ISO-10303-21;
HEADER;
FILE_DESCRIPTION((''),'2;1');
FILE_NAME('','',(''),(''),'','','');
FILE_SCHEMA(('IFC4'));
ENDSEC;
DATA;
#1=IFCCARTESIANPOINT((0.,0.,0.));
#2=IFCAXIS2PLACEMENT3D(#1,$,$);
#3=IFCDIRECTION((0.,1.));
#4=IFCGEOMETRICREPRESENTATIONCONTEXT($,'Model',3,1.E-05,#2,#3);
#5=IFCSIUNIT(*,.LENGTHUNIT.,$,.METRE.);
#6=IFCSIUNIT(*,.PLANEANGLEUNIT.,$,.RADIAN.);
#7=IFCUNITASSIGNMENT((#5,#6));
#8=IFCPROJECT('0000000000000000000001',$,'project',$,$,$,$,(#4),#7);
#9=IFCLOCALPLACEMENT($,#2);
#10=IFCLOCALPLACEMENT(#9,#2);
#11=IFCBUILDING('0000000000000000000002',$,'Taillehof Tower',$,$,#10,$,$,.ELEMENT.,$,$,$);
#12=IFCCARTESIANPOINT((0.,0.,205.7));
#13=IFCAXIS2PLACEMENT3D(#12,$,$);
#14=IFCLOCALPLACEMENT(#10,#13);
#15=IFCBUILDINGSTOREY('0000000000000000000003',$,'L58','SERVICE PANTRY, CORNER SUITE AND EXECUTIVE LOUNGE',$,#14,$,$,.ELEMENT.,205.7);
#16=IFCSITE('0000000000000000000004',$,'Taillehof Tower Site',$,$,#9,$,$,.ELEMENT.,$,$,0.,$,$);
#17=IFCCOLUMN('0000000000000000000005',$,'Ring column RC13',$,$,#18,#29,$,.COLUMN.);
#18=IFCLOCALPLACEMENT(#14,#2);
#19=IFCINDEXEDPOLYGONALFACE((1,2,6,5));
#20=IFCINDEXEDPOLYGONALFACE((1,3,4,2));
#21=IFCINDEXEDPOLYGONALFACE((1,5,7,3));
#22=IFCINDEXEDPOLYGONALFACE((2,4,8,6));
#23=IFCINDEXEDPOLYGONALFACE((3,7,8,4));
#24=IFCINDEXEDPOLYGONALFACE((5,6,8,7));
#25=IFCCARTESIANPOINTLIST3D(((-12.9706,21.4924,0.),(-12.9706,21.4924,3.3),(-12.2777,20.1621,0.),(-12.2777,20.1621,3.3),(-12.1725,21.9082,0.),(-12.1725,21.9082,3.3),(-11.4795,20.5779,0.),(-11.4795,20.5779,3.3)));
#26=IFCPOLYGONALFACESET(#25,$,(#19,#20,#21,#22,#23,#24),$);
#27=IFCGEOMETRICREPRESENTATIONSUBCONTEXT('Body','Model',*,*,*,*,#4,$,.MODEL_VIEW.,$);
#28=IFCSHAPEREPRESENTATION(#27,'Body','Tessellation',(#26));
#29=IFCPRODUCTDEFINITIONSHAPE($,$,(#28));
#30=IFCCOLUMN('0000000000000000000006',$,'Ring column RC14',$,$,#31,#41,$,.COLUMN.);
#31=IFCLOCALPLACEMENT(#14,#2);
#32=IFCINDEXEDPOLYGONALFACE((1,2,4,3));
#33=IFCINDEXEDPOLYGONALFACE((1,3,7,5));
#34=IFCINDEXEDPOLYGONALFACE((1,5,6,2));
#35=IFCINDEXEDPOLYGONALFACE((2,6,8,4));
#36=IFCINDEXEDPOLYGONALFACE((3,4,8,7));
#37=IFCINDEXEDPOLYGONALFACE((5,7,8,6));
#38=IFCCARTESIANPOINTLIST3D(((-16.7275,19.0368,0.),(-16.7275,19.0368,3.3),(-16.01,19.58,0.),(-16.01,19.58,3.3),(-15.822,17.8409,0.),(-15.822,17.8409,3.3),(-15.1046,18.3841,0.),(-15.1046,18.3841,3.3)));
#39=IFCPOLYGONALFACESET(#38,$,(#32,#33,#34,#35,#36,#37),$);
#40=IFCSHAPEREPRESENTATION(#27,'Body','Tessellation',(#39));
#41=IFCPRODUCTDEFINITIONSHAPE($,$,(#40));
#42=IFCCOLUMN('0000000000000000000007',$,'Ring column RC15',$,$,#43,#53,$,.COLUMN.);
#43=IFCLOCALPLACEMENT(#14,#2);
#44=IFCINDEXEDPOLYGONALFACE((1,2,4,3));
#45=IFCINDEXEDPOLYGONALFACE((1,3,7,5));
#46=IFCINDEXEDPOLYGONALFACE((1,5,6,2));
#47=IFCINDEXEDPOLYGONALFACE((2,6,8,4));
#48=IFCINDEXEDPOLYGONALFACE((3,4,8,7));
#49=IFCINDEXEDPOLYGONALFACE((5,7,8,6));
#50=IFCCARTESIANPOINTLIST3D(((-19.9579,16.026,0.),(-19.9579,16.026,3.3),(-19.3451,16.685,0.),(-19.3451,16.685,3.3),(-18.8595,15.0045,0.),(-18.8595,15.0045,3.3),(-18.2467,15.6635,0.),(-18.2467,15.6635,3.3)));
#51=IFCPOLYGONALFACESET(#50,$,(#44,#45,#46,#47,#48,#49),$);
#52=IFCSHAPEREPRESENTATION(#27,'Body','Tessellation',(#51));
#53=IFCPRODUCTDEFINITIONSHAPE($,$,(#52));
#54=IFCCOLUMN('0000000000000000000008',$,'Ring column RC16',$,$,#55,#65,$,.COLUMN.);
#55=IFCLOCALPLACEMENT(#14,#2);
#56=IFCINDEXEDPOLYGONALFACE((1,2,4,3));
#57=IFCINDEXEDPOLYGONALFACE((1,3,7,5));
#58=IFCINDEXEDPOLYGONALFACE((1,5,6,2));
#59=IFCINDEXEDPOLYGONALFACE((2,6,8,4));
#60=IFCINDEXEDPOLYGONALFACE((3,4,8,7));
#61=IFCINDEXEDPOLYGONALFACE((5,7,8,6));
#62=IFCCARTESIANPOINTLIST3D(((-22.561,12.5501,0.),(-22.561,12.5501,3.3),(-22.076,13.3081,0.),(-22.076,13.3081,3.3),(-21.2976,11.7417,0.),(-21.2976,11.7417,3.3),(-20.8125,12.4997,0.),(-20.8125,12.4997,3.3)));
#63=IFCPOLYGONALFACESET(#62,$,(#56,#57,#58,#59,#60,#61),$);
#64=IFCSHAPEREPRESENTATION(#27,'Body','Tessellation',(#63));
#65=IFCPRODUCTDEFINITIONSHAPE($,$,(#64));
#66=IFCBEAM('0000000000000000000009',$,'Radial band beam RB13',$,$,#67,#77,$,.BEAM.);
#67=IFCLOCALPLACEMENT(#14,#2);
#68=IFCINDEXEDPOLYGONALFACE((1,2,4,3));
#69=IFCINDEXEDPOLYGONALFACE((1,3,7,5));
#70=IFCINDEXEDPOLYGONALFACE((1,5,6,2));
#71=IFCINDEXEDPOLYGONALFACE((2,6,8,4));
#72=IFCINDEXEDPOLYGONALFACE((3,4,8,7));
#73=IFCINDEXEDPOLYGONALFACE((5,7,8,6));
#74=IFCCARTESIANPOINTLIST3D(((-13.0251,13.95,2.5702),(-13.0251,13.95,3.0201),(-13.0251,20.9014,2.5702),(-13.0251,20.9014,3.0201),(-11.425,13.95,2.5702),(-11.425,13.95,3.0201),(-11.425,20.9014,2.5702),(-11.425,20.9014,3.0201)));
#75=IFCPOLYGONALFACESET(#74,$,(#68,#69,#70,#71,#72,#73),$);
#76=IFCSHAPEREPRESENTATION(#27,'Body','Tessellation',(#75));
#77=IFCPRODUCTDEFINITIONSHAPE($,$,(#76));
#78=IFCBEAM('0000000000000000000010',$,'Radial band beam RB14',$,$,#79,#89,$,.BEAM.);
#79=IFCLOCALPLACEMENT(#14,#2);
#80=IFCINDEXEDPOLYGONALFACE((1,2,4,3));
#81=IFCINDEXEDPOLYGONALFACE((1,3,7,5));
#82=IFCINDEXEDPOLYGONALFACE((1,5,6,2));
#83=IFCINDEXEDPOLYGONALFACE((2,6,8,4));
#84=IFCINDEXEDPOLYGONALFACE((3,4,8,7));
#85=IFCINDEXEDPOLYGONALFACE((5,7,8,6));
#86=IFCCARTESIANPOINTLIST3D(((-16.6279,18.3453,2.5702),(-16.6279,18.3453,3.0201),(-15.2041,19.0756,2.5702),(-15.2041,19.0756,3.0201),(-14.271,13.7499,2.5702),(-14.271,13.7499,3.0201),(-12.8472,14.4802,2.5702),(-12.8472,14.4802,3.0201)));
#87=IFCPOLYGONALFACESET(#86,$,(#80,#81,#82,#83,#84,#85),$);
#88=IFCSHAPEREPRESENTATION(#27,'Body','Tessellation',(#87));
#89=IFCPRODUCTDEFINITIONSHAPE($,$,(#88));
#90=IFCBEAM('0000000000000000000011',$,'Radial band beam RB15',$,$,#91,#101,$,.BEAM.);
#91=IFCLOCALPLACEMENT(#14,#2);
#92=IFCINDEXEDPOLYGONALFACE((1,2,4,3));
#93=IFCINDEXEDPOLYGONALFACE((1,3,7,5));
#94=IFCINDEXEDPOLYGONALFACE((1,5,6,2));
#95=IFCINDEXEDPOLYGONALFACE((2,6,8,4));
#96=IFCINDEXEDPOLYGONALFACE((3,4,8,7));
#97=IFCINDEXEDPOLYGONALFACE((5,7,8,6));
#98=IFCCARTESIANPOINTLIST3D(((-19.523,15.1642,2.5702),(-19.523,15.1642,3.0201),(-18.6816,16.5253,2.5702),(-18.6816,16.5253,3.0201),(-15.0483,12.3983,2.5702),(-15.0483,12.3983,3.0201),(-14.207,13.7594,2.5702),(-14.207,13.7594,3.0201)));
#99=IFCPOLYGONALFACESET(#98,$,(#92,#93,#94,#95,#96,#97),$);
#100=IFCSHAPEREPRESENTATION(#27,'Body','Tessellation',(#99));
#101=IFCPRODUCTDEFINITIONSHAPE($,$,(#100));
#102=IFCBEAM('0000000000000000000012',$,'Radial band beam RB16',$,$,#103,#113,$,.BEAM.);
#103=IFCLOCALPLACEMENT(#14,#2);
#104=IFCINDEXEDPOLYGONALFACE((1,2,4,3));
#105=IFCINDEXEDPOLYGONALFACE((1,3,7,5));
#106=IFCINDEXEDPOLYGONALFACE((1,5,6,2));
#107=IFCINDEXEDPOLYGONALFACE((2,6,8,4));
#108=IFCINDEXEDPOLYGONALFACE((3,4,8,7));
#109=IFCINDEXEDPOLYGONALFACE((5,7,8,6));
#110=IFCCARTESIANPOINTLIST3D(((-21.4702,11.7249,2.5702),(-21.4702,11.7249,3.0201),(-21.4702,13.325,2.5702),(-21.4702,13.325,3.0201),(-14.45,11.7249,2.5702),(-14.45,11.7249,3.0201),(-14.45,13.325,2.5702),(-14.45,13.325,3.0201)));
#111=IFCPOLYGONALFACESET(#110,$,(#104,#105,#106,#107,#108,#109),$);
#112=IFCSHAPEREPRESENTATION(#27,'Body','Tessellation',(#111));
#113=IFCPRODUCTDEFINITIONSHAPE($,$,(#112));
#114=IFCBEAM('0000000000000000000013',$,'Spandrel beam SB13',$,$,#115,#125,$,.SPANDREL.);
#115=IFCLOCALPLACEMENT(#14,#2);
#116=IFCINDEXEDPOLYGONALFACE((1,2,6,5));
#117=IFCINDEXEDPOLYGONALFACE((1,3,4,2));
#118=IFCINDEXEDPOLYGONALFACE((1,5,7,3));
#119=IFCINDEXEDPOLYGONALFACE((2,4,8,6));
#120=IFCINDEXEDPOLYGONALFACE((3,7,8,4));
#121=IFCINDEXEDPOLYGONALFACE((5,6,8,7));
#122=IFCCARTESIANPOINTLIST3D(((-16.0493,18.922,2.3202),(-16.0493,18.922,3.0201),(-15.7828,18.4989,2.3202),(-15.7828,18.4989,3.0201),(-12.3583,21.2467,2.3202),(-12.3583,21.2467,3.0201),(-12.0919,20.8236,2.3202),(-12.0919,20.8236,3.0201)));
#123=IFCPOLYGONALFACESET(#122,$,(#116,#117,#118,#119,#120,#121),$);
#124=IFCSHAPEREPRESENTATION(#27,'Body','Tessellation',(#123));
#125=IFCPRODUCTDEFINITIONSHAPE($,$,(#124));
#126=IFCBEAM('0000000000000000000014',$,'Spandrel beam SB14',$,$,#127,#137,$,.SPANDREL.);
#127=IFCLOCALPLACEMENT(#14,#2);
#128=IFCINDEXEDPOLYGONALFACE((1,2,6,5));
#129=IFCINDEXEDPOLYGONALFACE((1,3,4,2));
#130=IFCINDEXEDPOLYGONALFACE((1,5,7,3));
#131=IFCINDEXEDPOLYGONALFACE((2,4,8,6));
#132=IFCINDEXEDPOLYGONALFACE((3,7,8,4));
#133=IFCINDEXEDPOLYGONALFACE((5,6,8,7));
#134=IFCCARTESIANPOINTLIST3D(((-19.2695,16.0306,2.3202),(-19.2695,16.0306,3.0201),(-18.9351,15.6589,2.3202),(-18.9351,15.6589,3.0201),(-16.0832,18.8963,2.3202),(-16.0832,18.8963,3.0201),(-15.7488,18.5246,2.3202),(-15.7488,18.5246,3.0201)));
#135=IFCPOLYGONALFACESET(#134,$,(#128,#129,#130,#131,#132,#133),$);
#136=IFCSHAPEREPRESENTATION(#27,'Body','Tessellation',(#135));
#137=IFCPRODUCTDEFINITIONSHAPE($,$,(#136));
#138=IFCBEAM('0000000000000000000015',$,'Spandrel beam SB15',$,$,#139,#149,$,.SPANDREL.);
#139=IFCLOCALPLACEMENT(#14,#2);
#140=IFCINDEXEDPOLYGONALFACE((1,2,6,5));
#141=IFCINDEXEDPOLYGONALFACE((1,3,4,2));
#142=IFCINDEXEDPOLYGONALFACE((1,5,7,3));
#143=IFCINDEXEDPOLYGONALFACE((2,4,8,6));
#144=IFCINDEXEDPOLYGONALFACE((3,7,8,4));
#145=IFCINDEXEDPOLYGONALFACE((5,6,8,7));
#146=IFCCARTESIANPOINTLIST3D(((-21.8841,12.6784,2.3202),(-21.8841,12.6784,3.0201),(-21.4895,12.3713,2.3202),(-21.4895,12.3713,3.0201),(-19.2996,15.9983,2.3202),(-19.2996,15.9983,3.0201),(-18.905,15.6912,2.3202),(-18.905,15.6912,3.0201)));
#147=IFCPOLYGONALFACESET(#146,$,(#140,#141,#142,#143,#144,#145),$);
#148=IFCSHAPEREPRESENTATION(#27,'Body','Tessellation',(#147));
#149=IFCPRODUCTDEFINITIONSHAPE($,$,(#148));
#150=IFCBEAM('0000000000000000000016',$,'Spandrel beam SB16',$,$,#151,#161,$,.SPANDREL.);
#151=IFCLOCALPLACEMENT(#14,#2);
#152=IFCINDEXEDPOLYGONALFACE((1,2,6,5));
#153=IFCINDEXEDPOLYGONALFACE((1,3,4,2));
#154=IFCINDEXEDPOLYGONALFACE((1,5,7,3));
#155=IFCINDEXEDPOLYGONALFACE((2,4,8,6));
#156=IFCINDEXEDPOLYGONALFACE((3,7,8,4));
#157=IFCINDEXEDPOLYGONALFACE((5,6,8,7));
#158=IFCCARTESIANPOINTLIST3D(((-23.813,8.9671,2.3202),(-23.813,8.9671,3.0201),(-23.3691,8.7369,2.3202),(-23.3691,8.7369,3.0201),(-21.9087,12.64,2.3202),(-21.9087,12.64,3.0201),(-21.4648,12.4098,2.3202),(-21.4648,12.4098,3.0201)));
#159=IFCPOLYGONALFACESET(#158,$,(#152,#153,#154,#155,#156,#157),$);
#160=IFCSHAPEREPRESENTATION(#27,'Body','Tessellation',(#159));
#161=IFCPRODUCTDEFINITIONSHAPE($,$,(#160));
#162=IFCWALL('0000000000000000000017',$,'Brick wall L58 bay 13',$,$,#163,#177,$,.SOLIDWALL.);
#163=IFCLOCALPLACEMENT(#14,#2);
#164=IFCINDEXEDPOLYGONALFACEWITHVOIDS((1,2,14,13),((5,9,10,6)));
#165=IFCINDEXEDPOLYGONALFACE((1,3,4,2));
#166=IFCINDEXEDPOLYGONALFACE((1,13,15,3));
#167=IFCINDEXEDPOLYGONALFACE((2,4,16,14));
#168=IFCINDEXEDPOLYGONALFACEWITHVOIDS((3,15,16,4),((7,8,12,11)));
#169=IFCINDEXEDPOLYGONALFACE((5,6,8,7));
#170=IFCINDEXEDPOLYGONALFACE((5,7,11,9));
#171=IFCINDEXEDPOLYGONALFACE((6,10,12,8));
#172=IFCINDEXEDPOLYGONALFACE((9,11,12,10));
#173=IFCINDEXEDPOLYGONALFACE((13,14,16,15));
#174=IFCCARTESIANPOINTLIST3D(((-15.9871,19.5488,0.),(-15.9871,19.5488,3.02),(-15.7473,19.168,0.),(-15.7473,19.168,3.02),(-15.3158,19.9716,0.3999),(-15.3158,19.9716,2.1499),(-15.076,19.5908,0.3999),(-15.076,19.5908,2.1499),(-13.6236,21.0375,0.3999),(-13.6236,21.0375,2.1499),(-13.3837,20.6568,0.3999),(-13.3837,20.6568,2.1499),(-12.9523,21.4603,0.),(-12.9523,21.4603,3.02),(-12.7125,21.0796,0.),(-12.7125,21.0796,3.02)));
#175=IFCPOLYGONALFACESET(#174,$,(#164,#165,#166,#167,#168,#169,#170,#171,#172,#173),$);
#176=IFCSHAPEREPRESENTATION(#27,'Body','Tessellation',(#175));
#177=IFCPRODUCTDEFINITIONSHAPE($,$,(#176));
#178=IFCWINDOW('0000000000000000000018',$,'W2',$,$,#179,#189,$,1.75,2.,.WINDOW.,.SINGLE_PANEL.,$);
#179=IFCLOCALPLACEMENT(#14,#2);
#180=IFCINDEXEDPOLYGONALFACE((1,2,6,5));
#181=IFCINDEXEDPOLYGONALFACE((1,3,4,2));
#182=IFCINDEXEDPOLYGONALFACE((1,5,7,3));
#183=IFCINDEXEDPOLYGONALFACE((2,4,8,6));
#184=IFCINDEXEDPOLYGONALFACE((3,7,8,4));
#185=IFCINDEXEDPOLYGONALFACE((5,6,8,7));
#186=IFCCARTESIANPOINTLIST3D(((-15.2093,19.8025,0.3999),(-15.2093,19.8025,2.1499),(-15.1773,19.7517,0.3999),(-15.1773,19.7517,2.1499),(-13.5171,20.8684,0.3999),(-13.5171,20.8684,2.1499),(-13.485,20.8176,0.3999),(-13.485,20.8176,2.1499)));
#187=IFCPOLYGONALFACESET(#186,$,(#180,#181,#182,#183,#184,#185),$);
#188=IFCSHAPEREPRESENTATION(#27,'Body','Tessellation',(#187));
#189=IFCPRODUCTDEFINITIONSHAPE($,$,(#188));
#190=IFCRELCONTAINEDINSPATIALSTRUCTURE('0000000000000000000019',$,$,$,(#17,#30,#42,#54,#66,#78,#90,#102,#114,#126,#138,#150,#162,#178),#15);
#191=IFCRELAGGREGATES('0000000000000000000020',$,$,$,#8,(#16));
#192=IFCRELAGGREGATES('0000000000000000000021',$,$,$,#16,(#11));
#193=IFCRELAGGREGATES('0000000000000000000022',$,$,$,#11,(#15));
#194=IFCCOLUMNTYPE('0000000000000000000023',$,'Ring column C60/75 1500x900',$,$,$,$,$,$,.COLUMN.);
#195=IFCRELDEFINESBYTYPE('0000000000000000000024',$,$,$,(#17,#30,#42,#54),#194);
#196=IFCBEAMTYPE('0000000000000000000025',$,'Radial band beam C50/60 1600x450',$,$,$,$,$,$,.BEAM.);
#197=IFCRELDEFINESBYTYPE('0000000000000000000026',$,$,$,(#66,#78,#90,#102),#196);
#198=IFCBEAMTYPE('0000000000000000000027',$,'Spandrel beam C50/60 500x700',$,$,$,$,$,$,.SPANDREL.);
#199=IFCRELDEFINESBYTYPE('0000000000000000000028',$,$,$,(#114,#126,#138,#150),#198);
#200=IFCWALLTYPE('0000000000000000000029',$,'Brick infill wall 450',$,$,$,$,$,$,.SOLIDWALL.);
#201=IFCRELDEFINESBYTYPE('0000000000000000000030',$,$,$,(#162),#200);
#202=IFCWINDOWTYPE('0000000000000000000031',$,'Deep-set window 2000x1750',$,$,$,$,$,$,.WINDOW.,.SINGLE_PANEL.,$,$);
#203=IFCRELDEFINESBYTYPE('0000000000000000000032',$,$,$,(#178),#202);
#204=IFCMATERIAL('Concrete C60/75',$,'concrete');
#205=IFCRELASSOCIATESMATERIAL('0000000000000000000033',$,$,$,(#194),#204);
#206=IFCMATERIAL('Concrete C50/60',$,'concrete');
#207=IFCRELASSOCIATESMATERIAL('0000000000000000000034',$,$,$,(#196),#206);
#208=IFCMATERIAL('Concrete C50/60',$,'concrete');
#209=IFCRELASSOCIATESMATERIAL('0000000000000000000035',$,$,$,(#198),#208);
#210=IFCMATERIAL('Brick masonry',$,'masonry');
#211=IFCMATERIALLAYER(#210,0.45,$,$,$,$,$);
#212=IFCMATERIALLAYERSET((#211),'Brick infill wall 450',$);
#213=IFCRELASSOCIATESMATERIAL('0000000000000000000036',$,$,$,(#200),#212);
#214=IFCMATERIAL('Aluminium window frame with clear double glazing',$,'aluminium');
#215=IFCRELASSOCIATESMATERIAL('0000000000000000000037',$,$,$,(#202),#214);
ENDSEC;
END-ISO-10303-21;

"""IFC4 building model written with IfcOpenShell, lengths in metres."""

from ifc_helpers import new_model, si_unit, direction, frame, frame_2d, origin, origin_2d, place, context, subcontext, project, spatial, rectangle, extrude, material, layer, layer_set, material_profile, profile_set, type_object, element, fill, save


model = new_model("IFC4")

# Units and contexts
model_context = context("Model", 3, precision=1e-05, world=origin(), true_north=direction((0.0, 1.0)))
body_context = subcontext(model_context, "Body", "Model", "MODEL_VIEW")
ifc_project = project(units=[si_unit("LENGTHUNIT", "METRE"), si_unit("PLANEANGLEUNIT", "RADIAN")], contexts=[model_context])

# Site, building, storey
site_placement = place(None, origin())
site = spatial("IfcSite", under=ifc_project, at=site_placement, Name="Taillehof Tower Site", CompositionType="ELEMENT", RefElevation=0.0)
building_placement = place(site_placement, origin())
building = spatial("IfcBuilding", under=site, at=building_placement, Name="Taillehof Tower", CompositionType="ELEMENT")
storey_placement = place(building_placement, frame((0.0, 0.0, 205.7)))
storey = spatial("IfcBuildingStorey", under=building, at=storey_placement, Name="L58", Description="SERVICE PANTRY, CORNER SUITE AND EXECUTIVE LOUNGE", CompositionType="ELEMENT", Elevation=205.7)

# Columns
ifc_material_1 = material(Name="Concrete C60/75", Category="concrete")
ifc_material_profile_1 = material_profile(ifc_material_1, rectangle(XDim=1.5, YDim=0.8999, at=origin_2d()), Name="RC 1500x900")
ifc_profile_set_1 = profile_set([ifc_material_profile_1], Name="Concrete C60/75")
column_type = type_object("IfcColumnType", Name="Ring column C60/75 1500x900", PredefinedType="COLUMN", material=ifc_profile_set_1)
for number, where, z_axis, x_axis, name in (
    (1, (-12.2251, 21.0352, 0.0), (0.0, 0.0, 1.0), (-0.461993, 0.886883, 0.0), "Ring column RC13"),
    (2, (-15.916, 18.7104, 0.0), (0.0, 0.0, 1.0), (-0.603608, 0.797281, 0.0), "Ring column RC14"),
    (3, (-19.1023, 15.8447, 0.0), (0.0, 0.0, 1.0), (-0.732271, 0.681013, 0.0), "Ring column RC15"),
    (4, (-21.6868, 12.5249, 0.0), (0.0, 0.0, 1.0), (-0.842311, 0.538992, 0.0), "Ring column RC16"),
):
    element("IfcColumn", number, at=place(storey_placement, frame(where, z_axis=z_axis, x_axis=x_axis)), inside=storey, type_object=column_type, Name=name, PredefinedType="COLUMN", context=body_context, shape_type="SweptSolid", body=[
        extrude(rectangle(XDim=1.5, YDim=0.8999, at=origin_2d()), origin(), (0.0, 0.0, 1.0), 3.3),
    ])

# Beams
ifc_material_2 = material(Name="Concrete C50/60", Category="concrete")
ifc_material_profile_2 = material_profile(ifc_material_2, rectangle(XDim=1.6001, YDim=0.45, at=origin_2d()), Name="RC 1600x450")
ifc_profile_set_2 = profile_set([ifc_material_profile_2], Name="Concrete C50/60")
beam_type_1 = type_object("IfcBeamType", Name="Radial band beam C50/60 1600x450", PredefinedType="BEAM", material=ifc_profile_set_2)
beam_1_placement = place(storey_placement, frame((-12.2251, 20.9014, 2.7952), z_axis=(0.0, -1.0, 0.0), x_axis=(1.0, 0.0, 0.0)))
element("IfcBeam", 5, at=beam_1_placement, inside=storey, type_object=beam_type_1, Name="Radial band beam RB13", PredefinedType="BEAM", context=body_context, shape_type="SweptSolid", body=[
    extrude(rectangle(XDim=1.6001, YDim=0.45, at=origin_2d()), origin(), (0.0, 0.0, 1.0), 6.9514),
])
beam_2_placement = place(storey_placement, frame((-15.916, 18.7104, 2.7952), z_axis=(0.456361, -0.889795, 0.0), x_axis=(0.889795, 0.456361, 0.0)))
element("IfcBeam", 6, at=beam_2_placement, inside=storey, type_object=beam_type_1, Name="Radial band beam RB14", PredefinedType="BEAM", context=body_context, shape_type="SweptSolid", body=[
    extrude(rectangle(XDim=1.6001, YDim=0.45, at=origin_2d()), origin(), (0.0, 0.0, 1.0), 5.1646),
])
beam_3_placement = place(storey_placement, frame((-19.1023, 15.8447, 2.7952), z_axis=(0.850616, -0.525787, 0.0), x_axis=(0.525787, 0.850616, 0.0)))
element("IfcBeam", 7, at=beam_3_placement, inside=storey, type_object=beam_type_1, Name="Radial band beam RB15", PredefinedType="BEAM", context=body_context, shape_type="SweptSolid", body=[
    extrude(rectangle(XDim=1.6001, YDim=0.45, at=origin_2d()), origin(), (0.0, 0.0, 1.0), 5.2605),
])
beam_4_placement = place(storey_placement, frame((-21.4702, 12.5249, 2.7952), z_axis=(1.0, 0.0, 0.0), x_axis=(0.0, 1.0, 0.0)))
element("IfcBeam", 8, at=beam_4_placement, inside=storey, type_object=beam_type_1, Name="Radial band beam RB16", PredefinedType="BEAM", context=body_context, shape_type="SweptSolid", body=[
    extrude(rectangle(XDim=1.6001, YDim=0.45, at=origin_2d()), origin(), (0.0, 0.0, 1.0), 7.0203),
])
ifc_material_3 = material(Name="Concrete C50/60", Category="concrete")
ifc_material_profile_3 = material_profile(ifc_material_3, rectangle(XDim=0.5, YDim=0.7, at=origin_2d()), Name="RC 500x700")
ifc_profile_set_3 = profile_set([ifc_material_profile_3], Name="Concrete C50/60")
beam_type_2 = type_object("IfcBeamType", Name="Spandrel beam C50/60 500x700", PredefinedType="SPANDREL", material=ifc_profile_set_3)
beam_5_placement = place(storey_placement, frame((-12.2251, 21.0352, 2.6702), z_axis=(-0.846151, -0.532944, 0.0), x_axis=(0.532944, -0.846151, 0.0)))
element("IfcBeam", 9, at=beam_5_placement, inside=storey, type_object=beam_type_2, Name="Spandrel beam SB13", PredefinedType="SPANDREL", context=body_context, shape_type="SweptSolid", body=[
    extrude(rectangle(XDim=0.5, YDim=0.7, at=origin_2d()), origin(), (0.0, 0.0, 1.0), 4.3621),
])
beam_6_placement = place(storey_placement, frame((-15.916, 18.7104, 2.6702), z_axis=(-0.743518, -0.668716, 0.0), x_axis=(0.668716, -0.743518, 0.0)))
element("IfcBeam", 10, at=beam_6_placement, inside=storey, type_object=beam_type_2, Name="Spandrel beam SB14", PredefinedType="SPANDREL", context=body_context, shape_type="SweptSolid", body=[
    extrude(rectangle(XDim=0.5, YDim=0.7, at=origin_2d()), origin(), (0.0, 0.0, 1.0), 4.2854),
])
beam_7_placement = place(storey_placement, frame((-19.1023, 15.8447, 2.6702), z_axis=(-0.614294, -0.789077, 0.0), x_axis=(0.789077, -0.614294, 0.0)))
element("IfcBeam", 11, at=beam_7_placement, inside=storey, type_object=beam_type_2, Name="Spandrel beam SB15", PredefinedType="SPANDREL", context=body_context, shape_type="SweptSolid", body=[
    extrude(rectangle(XDim=0.5, YDim=0.7, at=origin_2d()), origin(), (0.0, 0.0, 1.0), 4.2073),
])
beam_8_placement = place(storey_placement, frame((-21.6868, 12.5249, 2.6702), z_axis=(-0.46029, -0.887769, 0.0), x_axis=(0.887769, -0.46029, 0.0)))
element("IfcBeam", 12, at=beam_8_placement, inside=storey, type_object=beam_type_2, Name="Spandrel beam SB16", PredefinedType="SPANDREL", context=body_context, shape_type="SweptSolid", body=[
    extrude(rectangle(XDim=0.5, YDim=0.7, at=origin_2d()), origin(), (0.0, 0.0, 1.0), 4.1372),
])

# Wall, opening, window
ifc_material_4 = material(Name="Brick masonry", Category="masonry")
ifc_layer_1 = layer(ifc_material_4, 0.45)
ifc_layer_set_1 = layer_set([ifc_layer_1], Name="Brick infill wall 450")
wall_type_1 = type_object("IfcWallType", Name="Brick infill wall 450", PredefinedType="SOLIDWALL", material=ifc_layer_set_1)
wall_1_placement = place(storey_placement, frame((-12.8323, 21.27, 0.0), z_axis=(0.0, 0.0, 1.0), x_axis=(-0.846138, -0.532963, 0.0)))
wall_1 = element("IfcWall", 13, at=wall_1_placement, inside=storey, type_object=wall_type_1, Name="Brick wall L58 bay 13", PredefinedType="SOLIDWALL", context=body_context, shape_type="SweptSolid", body=[
    extrude(rectangle(XDim=3.5867, YDim=0.45, at=frame_2d((1.7935, 0.0))), origin(), (0.0, 0.0, 1.0), 3.02),
])
opening_1_placement = place(wall_1_placement, frame((0.7935, 0.0, 0.3999)))
opening_1 = element("IfcOpeningElement", 14, at=opening_1_placement, cuts=wall_1, PredefinedType="OPENING", context=body_context, shape_type="SweptSolid", body=[
    extrude(rectangle(XDim=2.0, YDim=1.75, at=frame_2d((1.0, 0.875))), frame((0.0, 0.2349, 0.0), z_axis=(0.0, -1.0, 0.0), x_axis=(1.0, 0.0, 0.0)), (0.0, 0.0, 1.0), 0.47),
])
ifc_material_5 = material(Name="Aluminium window frame with clear double glazing", Category="aluminium")
window_type_1 = type_object("IfcWindowType", Name="Deep-set window 2000x1750", PartitioningType="SINGLE_PANEL", PredefinedType="WINDOW", material=ifc_material_5)
window_1_placement = place(opening_1_placement, origin())
window_1 = element("IfcWindow", 15, at=window_1_placement, inside=storey, type_object=window_type_1, Name="W2", OverallHeight=1.75, OverallWidth=2.0, PartitioningType="SINGLE_PANEL", PredefinedType="WINDOW", context=body_context, shape_type="SweptSolid", body=[
    extrude(rectangle(XDim=2.0, YDim=1.75, at=frame_2d((1.0, 0.875))), frame((0.0, 0.0349, 0.0), z_axis=(0.0, -1.0, 0.0), x_axis=(1.0, 0.0, 0.0)), (0.0, 0.0, 1.0), 0.0601),
])
fill(opening_1, window_1)

save(model, "model.ifc")
